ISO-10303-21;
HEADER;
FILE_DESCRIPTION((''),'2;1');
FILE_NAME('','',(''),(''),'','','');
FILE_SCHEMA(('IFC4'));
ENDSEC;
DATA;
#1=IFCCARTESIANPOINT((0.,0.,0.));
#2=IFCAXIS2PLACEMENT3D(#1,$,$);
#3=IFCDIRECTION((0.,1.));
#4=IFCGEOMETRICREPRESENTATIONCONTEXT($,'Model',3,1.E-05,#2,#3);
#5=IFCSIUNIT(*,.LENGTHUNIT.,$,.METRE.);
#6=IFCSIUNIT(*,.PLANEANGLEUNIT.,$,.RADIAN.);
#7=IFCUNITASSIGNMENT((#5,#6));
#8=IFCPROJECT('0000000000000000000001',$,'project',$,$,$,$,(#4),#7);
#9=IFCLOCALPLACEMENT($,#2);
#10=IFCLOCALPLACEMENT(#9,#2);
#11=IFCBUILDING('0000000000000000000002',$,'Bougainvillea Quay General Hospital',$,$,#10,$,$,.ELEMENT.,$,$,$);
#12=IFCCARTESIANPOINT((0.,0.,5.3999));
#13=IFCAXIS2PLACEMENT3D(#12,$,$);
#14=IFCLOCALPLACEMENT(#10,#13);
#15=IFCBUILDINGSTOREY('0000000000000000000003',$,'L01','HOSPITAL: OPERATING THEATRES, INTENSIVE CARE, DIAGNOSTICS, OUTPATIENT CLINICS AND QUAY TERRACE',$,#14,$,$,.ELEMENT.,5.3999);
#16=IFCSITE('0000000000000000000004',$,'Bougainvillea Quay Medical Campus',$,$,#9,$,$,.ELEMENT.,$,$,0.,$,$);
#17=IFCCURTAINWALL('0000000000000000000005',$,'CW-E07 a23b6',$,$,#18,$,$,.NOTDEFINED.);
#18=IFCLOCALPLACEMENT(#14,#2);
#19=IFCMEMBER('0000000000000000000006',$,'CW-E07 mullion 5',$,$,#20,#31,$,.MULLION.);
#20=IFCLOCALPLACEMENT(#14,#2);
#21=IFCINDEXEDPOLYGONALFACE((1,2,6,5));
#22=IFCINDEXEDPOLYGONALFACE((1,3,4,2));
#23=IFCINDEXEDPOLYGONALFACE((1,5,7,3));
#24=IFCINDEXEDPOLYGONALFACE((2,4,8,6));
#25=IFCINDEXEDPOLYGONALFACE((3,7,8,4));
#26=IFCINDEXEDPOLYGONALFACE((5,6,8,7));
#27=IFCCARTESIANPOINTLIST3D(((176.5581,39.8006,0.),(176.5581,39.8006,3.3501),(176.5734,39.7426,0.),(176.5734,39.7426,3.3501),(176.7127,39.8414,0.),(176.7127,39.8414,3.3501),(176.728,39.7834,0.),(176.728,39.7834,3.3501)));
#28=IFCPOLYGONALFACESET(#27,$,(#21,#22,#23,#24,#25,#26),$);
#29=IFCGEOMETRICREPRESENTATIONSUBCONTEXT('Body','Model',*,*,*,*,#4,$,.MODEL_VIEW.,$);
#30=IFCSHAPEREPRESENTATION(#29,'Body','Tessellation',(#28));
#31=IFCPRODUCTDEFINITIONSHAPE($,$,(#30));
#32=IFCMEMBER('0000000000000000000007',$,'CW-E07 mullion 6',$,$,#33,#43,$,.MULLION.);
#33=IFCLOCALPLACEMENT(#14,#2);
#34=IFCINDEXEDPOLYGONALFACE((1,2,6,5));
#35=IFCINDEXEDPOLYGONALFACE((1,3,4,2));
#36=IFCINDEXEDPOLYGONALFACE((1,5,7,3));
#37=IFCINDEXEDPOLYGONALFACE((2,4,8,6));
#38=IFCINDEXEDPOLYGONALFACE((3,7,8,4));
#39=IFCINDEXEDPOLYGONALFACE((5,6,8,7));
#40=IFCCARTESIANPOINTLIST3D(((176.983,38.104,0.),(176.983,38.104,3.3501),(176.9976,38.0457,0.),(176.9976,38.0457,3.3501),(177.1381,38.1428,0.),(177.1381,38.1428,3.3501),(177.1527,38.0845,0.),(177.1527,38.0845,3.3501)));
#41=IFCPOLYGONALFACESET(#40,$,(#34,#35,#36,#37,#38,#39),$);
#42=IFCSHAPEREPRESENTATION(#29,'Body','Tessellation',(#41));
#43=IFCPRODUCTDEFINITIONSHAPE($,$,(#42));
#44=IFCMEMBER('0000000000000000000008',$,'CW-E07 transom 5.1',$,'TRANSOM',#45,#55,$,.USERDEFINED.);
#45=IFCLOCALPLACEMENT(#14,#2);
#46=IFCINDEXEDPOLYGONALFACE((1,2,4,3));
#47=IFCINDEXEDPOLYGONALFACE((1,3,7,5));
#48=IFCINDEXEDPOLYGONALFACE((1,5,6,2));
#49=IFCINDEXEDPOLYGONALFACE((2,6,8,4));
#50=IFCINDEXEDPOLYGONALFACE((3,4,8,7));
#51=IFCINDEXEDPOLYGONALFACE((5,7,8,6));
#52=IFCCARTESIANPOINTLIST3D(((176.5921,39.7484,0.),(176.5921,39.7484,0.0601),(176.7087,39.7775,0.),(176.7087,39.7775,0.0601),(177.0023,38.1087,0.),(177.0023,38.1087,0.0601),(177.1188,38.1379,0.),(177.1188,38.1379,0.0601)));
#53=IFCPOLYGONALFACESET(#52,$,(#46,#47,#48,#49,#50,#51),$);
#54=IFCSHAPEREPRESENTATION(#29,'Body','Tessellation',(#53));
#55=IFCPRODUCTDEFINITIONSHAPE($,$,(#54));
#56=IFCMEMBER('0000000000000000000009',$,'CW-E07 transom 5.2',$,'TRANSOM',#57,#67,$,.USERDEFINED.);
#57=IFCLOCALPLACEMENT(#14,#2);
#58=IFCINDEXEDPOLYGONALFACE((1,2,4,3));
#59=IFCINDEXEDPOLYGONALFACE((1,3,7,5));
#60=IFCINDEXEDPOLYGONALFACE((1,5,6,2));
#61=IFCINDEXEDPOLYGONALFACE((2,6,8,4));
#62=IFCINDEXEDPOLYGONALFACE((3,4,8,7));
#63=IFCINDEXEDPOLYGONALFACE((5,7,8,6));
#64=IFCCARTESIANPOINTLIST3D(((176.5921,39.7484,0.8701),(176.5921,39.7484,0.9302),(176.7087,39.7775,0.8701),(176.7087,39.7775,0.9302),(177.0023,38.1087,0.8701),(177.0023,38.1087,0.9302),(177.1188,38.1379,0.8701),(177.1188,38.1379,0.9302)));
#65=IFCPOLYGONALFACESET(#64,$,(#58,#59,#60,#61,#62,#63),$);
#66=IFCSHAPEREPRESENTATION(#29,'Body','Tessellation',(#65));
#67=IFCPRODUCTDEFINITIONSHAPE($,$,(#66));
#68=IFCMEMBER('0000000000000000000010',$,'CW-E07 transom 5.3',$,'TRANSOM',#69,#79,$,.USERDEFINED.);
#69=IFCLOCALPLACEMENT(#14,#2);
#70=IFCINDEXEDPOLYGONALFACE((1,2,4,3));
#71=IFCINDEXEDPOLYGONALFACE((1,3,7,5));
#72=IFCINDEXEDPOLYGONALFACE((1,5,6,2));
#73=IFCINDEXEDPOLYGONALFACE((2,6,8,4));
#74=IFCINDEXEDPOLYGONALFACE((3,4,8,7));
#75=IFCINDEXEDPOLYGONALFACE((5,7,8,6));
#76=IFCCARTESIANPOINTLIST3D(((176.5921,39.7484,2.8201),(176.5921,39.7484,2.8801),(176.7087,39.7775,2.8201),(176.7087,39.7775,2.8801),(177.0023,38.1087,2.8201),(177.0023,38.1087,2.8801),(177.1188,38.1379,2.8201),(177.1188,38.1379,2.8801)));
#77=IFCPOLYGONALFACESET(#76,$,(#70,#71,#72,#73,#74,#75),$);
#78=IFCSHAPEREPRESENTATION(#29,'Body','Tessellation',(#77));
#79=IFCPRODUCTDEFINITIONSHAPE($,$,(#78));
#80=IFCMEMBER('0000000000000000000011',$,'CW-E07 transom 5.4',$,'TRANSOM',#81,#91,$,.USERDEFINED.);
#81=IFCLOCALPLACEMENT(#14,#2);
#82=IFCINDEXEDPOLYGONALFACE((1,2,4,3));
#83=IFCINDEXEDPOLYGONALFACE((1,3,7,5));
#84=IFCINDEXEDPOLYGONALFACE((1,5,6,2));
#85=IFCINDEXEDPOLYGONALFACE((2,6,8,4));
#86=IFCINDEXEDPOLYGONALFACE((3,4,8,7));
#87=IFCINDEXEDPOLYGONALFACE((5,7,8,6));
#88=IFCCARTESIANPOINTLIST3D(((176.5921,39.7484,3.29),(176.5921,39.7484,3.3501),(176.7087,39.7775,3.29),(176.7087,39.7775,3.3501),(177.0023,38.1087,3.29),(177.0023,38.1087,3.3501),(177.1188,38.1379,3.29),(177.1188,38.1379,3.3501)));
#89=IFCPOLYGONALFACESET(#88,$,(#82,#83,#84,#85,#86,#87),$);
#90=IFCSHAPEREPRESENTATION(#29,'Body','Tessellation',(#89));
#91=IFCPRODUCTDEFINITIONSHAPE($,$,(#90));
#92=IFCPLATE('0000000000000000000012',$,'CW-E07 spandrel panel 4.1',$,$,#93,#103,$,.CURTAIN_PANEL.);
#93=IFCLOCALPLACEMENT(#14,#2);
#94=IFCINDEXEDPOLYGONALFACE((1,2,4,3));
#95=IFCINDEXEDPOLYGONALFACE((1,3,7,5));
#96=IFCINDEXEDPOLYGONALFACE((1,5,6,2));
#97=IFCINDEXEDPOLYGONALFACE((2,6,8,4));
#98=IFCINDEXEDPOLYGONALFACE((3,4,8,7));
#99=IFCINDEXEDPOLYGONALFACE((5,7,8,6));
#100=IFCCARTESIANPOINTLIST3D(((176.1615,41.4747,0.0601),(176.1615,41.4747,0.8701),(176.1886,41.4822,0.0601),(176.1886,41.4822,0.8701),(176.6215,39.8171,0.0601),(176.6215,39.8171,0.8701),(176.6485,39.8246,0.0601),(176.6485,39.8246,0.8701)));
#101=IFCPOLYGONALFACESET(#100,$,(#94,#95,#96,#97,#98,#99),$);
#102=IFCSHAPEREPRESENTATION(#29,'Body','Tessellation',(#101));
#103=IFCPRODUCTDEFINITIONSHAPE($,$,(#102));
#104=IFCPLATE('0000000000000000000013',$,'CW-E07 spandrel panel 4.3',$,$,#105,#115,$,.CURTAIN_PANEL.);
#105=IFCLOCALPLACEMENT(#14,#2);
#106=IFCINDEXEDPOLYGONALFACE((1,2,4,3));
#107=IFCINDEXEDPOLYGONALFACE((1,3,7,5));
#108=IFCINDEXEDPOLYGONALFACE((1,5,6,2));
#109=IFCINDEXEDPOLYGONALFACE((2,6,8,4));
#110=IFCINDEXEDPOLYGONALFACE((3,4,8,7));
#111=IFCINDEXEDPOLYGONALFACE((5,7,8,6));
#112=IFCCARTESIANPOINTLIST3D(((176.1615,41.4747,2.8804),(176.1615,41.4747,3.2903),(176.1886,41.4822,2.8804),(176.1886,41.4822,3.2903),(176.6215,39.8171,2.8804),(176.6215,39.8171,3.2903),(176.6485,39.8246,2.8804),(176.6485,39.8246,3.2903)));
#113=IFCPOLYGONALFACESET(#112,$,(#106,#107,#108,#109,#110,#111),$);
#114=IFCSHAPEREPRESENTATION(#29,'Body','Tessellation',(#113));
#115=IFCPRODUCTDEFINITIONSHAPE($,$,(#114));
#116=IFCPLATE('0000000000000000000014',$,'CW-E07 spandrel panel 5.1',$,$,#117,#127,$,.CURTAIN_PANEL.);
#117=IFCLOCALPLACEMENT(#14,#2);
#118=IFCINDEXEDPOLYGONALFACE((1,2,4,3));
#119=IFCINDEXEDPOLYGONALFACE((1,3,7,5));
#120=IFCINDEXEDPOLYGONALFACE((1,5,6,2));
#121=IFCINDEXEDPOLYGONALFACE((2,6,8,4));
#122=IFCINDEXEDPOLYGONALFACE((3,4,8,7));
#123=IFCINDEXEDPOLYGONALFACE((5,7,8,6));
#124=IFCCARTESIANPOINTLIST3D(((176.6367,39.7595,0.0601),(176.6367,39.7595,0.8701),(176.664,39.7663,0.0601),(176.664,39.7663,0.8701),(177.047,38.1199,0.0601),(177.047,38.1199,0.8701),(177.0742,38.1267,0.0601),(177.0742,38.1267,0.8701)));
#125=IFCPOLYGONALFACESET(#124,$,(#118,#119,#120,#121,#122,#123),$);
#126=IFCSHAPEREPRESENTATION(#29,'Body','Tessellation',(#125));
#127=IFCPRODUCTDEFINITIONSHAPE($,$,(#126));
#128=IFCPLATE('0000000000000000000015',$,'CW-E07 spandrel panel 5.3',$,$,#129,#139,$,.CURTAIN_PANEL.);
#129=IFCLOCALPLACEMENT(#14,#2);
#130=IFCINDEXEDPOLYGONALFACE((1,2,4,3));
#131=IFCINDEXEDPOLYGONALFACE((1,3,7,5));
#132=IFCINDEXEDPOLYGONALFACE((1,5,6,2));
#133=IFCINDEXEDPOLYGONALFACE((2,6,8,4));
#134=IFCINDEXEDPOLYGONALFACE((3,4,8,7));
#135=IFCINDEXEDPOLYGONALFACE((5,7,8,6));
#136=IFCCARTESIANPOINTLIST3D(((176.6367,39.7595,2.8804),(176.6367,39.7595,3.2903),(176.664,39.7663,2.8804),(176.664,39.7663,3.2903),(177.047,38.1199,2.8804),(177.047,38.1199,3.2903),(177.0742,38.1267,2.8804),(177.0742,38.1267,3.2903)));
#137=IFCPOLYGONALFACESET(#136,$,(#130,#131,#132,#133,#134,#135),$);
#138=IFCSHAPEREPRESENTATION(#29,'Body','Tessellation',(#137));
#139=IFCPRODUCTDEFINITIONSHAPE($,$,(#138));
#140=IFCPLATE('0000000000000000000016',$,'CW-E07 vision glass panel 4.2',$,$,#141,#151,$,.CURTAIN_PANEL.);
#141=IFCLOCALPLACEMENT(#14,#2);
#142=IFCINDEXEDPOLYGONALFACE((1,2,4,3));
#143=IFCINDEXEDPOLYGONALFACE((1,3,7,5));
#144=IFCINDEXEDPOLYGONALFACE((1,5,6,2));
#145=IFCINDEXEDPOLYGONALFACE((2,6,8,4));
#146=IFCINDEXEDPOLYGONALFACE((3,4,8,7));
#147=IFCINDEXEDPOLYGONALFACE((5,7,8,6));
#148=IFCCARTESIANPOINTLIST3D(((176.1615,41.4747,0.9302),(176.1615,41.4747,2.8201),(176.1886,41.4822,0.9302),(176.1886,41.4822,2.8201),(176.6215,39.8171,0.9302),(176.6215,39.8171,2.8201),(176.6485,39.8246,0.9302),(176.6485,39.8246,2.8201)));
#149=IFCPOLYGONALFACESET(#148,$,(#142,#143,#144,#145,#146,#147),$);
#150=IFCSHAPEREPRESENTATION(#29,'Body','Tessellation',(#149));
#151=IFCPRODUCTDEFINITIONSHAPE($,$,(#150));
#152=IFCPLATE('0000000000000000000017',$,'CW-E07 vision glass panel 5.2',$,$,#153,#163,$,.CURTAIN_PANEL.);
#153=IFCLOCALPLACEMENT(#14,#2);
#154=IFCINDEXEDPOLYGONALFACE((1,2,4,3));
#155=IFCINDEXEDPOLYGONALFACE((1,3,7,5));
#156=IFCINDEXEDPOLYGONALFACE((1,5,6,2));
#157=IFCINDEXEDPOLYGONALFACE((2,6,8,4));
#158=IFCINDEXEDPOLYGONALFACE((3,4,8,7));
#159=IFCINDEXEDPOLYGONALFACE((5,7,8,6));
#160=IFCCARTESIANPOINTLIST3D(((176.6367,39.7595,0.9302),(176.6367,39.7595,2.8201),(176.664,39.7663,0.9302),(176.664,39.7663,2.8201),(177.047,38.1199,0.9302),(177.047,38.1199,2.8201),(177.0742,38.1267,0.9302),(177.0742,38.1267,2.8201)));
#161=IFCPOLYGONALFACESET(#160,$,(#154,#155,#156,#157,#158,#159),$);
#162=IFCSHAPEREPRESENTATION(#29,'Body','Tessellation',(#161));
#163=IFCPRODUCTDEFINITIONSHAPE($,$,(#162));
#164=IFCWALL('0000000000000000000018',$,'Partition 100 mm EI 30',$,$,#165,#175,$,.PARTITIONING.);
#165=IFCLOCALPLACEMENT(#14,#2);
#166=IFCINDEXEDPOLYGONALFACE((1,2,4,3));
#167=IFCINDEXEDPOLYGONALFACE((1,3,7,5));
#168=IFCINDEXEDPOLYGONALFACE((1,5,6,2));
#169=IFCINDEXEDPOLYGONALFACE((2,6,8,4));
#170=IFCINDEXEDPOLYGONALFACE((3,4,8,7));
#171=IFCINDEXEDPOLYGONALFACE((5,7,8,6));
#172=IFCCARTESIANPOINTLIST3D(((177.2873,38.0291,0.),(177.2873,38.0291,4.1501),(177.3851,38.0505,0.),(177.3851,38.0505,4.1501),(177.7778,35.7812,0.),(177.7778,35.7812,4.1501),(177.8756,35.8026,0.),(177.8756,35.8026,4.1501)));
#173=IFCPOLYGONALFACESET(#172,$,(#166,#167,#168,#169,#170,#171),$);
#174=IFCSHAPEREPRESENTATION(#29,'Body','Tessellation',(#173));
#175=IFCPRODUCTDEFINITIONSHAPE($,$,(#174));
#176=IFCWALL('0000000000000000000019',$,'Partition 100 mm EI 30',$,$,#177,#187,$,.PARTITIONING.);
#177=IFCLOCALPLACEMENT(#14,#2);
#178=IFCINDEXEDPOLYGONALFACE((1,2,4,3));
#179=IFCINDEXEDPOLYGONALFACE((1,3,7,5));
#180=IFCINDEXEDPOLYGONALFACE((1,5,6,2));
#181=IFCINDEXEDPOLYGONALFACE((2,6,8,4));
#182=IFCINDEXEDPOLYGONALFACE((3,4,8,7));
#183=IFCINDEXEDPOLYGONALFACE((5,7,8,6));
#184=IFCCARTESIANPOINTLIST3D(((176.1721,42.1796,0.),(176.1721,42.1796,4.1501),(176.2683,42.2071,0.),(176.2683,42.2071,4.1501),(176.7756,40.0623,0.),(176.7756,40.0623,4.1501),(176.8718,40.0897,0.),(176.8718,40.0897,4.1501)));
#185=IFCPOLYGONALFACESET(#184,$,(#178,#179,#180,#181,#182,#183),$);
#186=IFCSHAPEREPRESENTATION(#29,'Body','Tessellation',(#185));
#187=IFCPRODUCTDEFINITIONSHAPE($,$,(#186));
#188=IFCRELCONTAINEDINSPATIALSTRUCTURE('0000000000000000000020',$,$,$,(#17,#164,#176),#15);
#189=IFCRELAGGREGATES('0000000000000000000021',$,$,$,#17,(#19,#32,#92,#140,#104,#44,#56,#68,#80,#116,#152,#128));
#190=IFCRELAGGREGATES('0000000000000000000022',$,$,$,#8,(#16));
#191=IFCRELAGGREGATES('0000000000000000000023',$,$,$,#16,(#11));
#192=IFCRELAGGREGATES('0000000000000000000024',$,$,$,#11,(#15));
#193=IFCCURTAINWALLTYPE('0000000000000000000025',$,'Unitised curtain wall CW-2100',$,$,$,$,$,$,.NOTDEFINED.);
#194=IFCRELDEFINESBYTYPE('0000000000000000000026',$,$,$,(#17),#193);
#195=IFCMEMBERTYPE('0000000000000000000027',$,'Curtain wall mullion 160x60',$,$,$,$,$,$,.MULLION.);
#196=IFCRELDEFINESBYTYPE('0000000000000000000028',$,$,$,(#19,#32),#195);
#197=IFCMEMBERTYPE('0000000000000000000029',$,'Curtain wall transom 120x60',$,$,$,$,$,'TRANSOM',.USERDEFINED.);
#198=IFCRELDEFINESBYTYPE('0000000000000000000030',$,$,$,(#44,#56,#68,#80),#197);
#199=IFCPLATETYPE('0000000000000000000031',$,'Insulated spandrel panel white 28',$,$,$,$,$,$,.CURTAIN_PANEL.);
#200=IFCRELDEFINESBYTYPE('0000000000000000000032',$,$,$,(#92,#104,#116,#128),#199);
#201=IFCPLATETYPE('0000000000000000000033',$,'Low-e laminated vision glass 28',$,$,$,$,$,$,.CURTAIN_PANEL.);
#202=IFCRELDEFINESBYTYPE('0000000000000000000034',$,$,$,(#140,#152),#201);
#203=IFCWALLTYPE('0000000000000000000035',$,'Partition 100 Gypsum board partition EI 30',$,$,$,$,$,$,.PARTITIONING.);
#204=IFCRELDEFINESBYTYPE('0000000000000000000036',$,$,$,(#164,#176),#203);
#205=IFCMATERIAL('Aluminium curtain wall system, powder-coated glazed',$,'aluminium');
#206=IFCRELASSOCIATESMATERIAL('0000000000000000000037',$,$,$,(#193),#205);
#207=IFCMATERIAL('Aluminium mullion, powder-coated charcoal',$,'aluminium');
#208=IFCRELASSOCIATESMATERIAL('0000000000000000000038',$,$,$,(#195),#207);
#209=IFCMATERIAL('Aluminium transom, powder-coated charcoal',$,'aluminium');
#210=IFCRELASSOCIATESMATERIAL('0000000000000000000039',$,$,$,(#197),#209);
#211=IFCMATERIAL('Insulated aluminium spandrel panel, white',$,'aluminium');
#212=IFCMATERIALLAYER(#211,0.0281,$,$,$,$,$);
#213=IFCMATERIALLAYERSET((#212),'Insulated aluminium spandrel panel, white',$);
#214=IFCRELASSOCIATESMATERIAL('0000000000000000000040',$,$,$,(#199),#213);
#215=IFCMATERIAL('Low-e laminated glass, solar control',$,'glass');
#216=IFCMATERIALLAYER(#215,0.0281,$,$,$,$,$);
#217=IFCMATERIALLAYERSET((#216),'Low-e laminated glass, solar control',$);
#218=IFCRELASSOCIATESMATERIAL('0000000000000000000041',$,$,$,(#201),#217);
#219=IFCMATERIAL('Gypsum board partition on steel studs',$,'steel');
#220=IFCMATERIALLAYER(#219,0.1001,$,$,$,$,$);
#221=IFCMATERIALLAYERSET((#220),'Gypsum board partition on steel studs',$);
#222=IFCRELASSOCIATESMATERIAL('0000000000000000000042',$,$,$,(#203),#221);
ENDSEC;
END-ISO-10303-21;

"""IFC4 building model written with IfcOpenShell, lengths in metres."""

from ifc_helpers import new_model, si_unit, direction, frame, frame_2d, origin, origin_2d, place, context, subcontext, project, spatial, rectangle, extrude, material, layer, layer_set, material_profile, profile_set, type_object, element, aggregate, save


model = new_model("IFC4")

# Units and contexts
model_context = context("Model", 3, precision=1e-05, world=origin(), true_north=direction((0.0, 1.0)))
body_context = subcontext(model_context, "Body", "Model", "MODEL_VIEW")
ifc_project = project(units=[si_unit("LENGTHUNIT", "METRE"), si_unit("PLANEANGLEUNIT", "RADIAN")], contexts=[model_context])

# Site, building, storey
site_placement = place(None, origin())
site = spatial("IfcSite", under=ifc_project, at=site_placement, Name="Bougainvillea Quay Medical Campus", CompositionType="ELEMENT", RefElevation=0.0)
building_placement = place(site_placement, origin())
building = spatial("IfcBuilding", under=site, at=building_placement, Name="Bougainvillea Quay General Hospital", CompositionType="ELEMENT")
storey_placement = place(building_placement, frame((0.0, 0.0, 5.3999)))
storey = spatial("IfcBuildingStorey", under=building, at=storey_placement, Name="L01", Description="HOSPITAL: OPERATING THEATRES, INTENSIVE CARE, DIAGNOSTICS, OUTPATIENT CLINICS AND QUAY TERRACE", CompositionType="ELEMENT", Elevation=5.3999)

# Curtain wall, members, plates
ifc_material_1 = material(Name="Aluminium curtain wall system, powder-coated glazed", Category="aluminium")
curtain_wall_type = type_object("IfcCurtainWallType", Name="Unitised curtain wall CW-2100", PredefinedType="NOTDEFINED", material=ifc_material_1)
curtain_wall_placement = place(storey_placement, origin())
curtain_wall = element("IfcCurtainWall", 1, at=curtain_wall_placement, inside=storey, type_object=curtain_wall_type, Name="CW-E07 a23b6", PredefinedType="NOTDEFINED")
ifc_material_2 = material(Name="Aluminium mullion, powder-coated charcoal", Category="aluminium")
ifc_material_profile_1 = material_profile(ifc_material_2, rectangle(XDim=0.1599, YDim=0.0601, at=origin_2d()))
ifc_profile_set_1 = profile_set([ifc_material_profile_1], Name="Aluminium mullion, powder-coated charcoal")
member_type_1 = type_object("IfcMemberType", Name="Curtain wall mullion 160x60", PredefinedType="MULLION", material=ifc_profile_set_1)
member_1_placement = place(storey_placement, frame((176.6431, 39.792, 0.0), z_axis=(0.0, 0.0, 1.0), x_axis=(0.96692, 0.255081, 0.0)))
member_1 = element("IfcMember", 2, at=member_1_placement, type_object=member_type_1, Name="CW-E07 mullion 5", PredefinedType="MULLION", context=body_context, shape_type="SweptSolid", body=[
    extrude(rectangle(XDim=0.1599, YDim=0.0601, at=origin_2d()), origin(), (0.0, 0.0, 1.0), 3.3501),
])
member_2_placement = place(storey_placement, frame((177.0679, 38.0942, 0.0), z_axis=(0.0, 0.0, 1.0), x_axis=(0.970096, 0.242721, 0.0)))
member_2 = element("IfcMember", 3, at=member_2_placement, type_object=member_type_1, Name="CW-E07 mullion 6", PredefinedType="MULLION", context=body_context, shape_type="SweptSolid", body=[
    extrude(rectangle(XDim=0.1599, YDim=0.0601, at=origin_2d()), origin(), (0.0, 0.0, 1.0), 3.3501),
])
ifc_material_3 = material(Name="Aluminium transom, powder-coated charcoal", Category="aluminium")
ifc_material_profile_2 = material_profile(ifc_material_3, rectangle(XDim=0.1201, YDim=0.0601, at=origin_2d()))
ifc_profile_set_2 = profile_set([ifc_material_profile_2], Name="Aluminium transom, powder-coated charcoal")
member_type_2 = type_object("IfcMemberType", Name="Curtain wall transom 120x60", ElementType="TRANSOM", PredefinedType="USERDEFINED", material=ifc_profile_set_2)
member_3_placement = place(storey_placement, frame((176.6504, 39.7629, 0.03), z_axis=(0.242672, -0.970109, 0.0), x_axis=(0.970109, 0.242672, 0.0)))
member_3 = element("IfcMember", 4, at=member_3_placement, type_object=member_type_2, Name="CW-E07 transom 5.1", ObjectType="TRANSOM", PredefinedType="USERDEFINED", context=body_context, shape_type="SweptSolid", body=[
    extrude(rectangle(XDim=0.1201, YDim=0.0601, at=origin_2d()), origin(), (0.0, 0.0, 1.0), 1.6902),
])
member_4_placement = place(storey_placement, frame((176.6504, 39.7629, 0.9001), z_axis=(0.242672, -0.970109, 0.0), x_axis=(0.970109, 0.242672, 0.0)))
member_4 = element("IfcMember", 5, at=member_4_placement, type_object=member_type_2, Name="CW-E07 transom 5.2", ObjectType="TRANSOM", PredefinedType="USERDEFINED", context=body_context, shape_type="SweptSolid", body=[
    extrude(rectangle(XDim=0.1201, YDim=0.0601, at=origin_2d()), origin(), (0.0, 0.0, 1.0), 1.6902),
])
member_5_placement = place(storey_placement, frame((176.6504, 39.7629, 2.8501), z_axis=(0.242672, -0.970109, 0.0), x_axis=(0.970109, 0.242672, 0.0)))
member_5 = element("IfcMember", 6, at=member_5_placement, type_object=member_type_2, Name="CW-E07 transom 5.3", ObjectType="TRANSOM", PredefinedType="USERDEFINED", context=body_context, shape_type="SweptSolid", body=[
    extrude(rectangle(XDim=0.1201, YDim=0.0601, at=origin_2d()), origin(), (0.0, 0.0, 1.0), 1.6902),
])
member_6_placement = place(storey_placement, frame((176.6504, 39.7629, 3.3201), z_axis=(0.242672, -0.970109, 0.0), x_axis=(0.970109, 0.242672, 0.0)))
member_6 = element("IfcMember", 7, at=member_6_placement, type_object=member_type_2, Name="CW-E07 transom 5.4", ObjectType="TRANSOM", PredefinedType="USERDEFINED", context=body_context, shape_type="SweptSolid", body=[
    extrude(rectangle(XDim=0.1201, YDim=0.0601, at=origin_2d()), origin(), (0.0, 0.0, 1.0), 1.6902),
])
ifc_material_4 = material(Name="Insulated aluminium spandrel panel, white", Category="aluminium")
ifc_layer_1 = layer(ifc_material_4, 0.0281)
ifc_layer_set_1 = layer_set([ifc_layer_1], Name="Insulated aluminium spandrel panel, white")
plate_type_1 = type_object("IfcPlateType", Name="Insulated spandrel panel white 28", PredefinedType="CURTAIN_PANEL", material=ifc_layer_set_1)
plate_1_placement = place(storey_placement, frame((176.405, 40.6497, 0.0601), z_axis=(0.0, 0.0, 1.0), x_axis=(0.2674, -0.963586, 0.0)))
plate_1 = element("IfcPlate", 8, at=plate_1_placement, type_object=plate_type_1, Name="CW-E07 spandrel panel 4.1", PredefinedType="CURTAIN_PANEL", context=body_context, shape_type="SweptSolid", body=[
    extrude(rectangle(XDim=1.7202, YDim=0.0281, at=origin_2d()), origin(), (0.0, 0.0, 1.0), 0.8101),
])
plate_2_placement = place(storey_placement, frame((176.405, 40.6497, 2.8804), z_axis=(0.0, 0.0, 1.0), x_axis=(0.2674, -0.963586, 0.0)))
plate_2 = element("IfcPlate", 9, at=plate_2_placement, type_object=plate_type_1, Name="CW-E07 spandrel panel 4.3", PredefinedType="CURTAIN_PANEL", context=body_context, shape_type="SweptSolid", body=[
    extrude(rectangle(XDim=1.7202, YDim=0.0281, at=origin_2d()), origin(), (0.0, 0.0, 1.0), 0.4099),
])
plate_3_placement = place(storey_placement, frame((176.8555, 38.9431, 0.0601), z_axis=(0.0, 0.0, 1.0), x_axis=(0.242721, -0.970096, 0.0)))
plate_3 = element("IfcPlate", 10, at=plate_3_placement, type_object=plate_type_1, Name="CW-E07 spandrel panel 5.1", PredefinedType="CURTAIN_PANEL", context=body_context, shape_type="SweptSolid", body=[
    extrude(rectangle(XDim=1.6902, YDim=0.0281, at=origin_2d()), origin(), (0.0, 0.0, 1.0), 0.8101),
])
plate_4_placement = place(storey_placement, frame((176.8555, 38.9431, 2.8804), z_axis=(0.0, 0.0, 1.0), x_axis=(0.242721, -0.970096, 0.0)))
plate_4 = element("IfcPlate", 11, at=plate_4_placement, type_object=plate_type_1, Name="CW-E07 spandrel panel 5.3", PredefinedType="CURTAIN_PANEL", context=body_context, shape_type="SweptSolid", body=[
    extrude(rectangle(XDim=1.6902, YDim=0.0281, at=origin_2d()), origin(), (0.0, 0.0, 1.0), 0.4099),
])
ifc_material_5 = material(Name="Low-e laminated glass, solar control", Category="glass")
ifc_layer_2 = layer(ifc_material_5, 0.0281)
ifc_layer_set_2 = layer_set([ifc_layer_2], Name="Low-e laminated glass, solar control")
plate_type_2 = type_object("IfcPlateType", Name="Low-e laminated vision glass 28", PredefinedType="CURTAIN_PANEL", material=ifc_layer_set_2)
plate_5_placement = place(storey_placement, frame((176.405, 40.6497, 0.9302), z_axis=(0.0, 0.0, 1.0), x_axis=(0.2674, -0.963586, 0.0)))
plate_5 = element("IfcPlate", 12, at=plate_5_placement, type_object=plate_type_2, Name="CW-E07 vision glass panel 4.2", PredefinedType="CURTAIN_PANEL", context=body_context, shape_type="SweptSolid", body=[
    extrude(rectangle(XDim=1.7202, YDim=0.0281, at=origin_2d()), origin(), (0.0, 0.0, 1.0), 1.8899),
])
plate_6_placement = place(storey_placement, frame((176.8555, 38.9431, 0.9302), z_axis=(0.0, 0.0, 1.0), x_axis=(0.242721, -0.970096, 0.0)))
plate_6 = element("IfcPlate", 13, at=plate_6_placement, type_object=plate_type_2, Name="CW-E07 vision glass panel 5.2", PredefinedType="CURTAIN_PANEL", context=body_context, shape_type="SweptSolid", body=[
    extrude(rectangle(XDim=1.6902, YDim=0.0281, at=origin_2d()), origin(), (0.0, 0.0, 1.0), 1.8899),
])
aggregate(curtain_wall, [member_1, member_2, plate_1, plate_5, plate_2, member_3, member_4, member_5, member_6, plate_3, plate_6, plate_4])

# Walls
ifc_material_6 = material(Name="Gypsum board partition on steel studs", Category="steel")
ifc_layer_3 = layer(ifc_material_6, 0.1001)
ifc_layer_set_3 = layer_set([ifc_layer_3], Name="Gypsum board partition on steel studs")
wall_type = type_object("IfcWallType", Name="Partition 100 Gypsum board partition EI 30", PredefinedType="PARTITIONING", material=ifc_layer_set_3)
wall_1_placement = place(storey_placement, frame((177.3362, 38.0398, 0.0), z_axis=(0.0, 0.0, 1.0), x_axis=(0.213187, -0.977011, 0.0)))
element("IfcWall", 14, at=wall_1_placement, inside=storey, type_object=wall_type, Name="Partition 100 mm EI 30", PredefinedType="PARTITIONING", context=body_context, shape_type="SweptSolid", body=[
    extrude(rectangle(XDim=2.3008, YDim=0.1001, at=frame_2d((1.1504, 0.0))), origin(), (0.0, 0.0, 1.0), 4.1501),
])
wall_2_placement = place(storey_placement, frame((176.2202, 42.1934, 0.0), z_axis=(0.0, 0.0, 1.0), x_axis=(0.274106, -0.961699, 0.0)))
element("IfcWall", 15, at=wall_2_placement, inside=storey, type_object=wall_type, Name="Partition 100 mm EI 30", PredefinedType="PARTITIONING", context=body_context, shape_type="SweptSolid", body=[
    extrude(rectangle(XDim=2.2017, YDim=0.1001, at=frame_2d((1.1008, 0.0))), origin(), (0.0, 0.0, 1.0), 4.1501),
])

save(model, "model.ifc")
